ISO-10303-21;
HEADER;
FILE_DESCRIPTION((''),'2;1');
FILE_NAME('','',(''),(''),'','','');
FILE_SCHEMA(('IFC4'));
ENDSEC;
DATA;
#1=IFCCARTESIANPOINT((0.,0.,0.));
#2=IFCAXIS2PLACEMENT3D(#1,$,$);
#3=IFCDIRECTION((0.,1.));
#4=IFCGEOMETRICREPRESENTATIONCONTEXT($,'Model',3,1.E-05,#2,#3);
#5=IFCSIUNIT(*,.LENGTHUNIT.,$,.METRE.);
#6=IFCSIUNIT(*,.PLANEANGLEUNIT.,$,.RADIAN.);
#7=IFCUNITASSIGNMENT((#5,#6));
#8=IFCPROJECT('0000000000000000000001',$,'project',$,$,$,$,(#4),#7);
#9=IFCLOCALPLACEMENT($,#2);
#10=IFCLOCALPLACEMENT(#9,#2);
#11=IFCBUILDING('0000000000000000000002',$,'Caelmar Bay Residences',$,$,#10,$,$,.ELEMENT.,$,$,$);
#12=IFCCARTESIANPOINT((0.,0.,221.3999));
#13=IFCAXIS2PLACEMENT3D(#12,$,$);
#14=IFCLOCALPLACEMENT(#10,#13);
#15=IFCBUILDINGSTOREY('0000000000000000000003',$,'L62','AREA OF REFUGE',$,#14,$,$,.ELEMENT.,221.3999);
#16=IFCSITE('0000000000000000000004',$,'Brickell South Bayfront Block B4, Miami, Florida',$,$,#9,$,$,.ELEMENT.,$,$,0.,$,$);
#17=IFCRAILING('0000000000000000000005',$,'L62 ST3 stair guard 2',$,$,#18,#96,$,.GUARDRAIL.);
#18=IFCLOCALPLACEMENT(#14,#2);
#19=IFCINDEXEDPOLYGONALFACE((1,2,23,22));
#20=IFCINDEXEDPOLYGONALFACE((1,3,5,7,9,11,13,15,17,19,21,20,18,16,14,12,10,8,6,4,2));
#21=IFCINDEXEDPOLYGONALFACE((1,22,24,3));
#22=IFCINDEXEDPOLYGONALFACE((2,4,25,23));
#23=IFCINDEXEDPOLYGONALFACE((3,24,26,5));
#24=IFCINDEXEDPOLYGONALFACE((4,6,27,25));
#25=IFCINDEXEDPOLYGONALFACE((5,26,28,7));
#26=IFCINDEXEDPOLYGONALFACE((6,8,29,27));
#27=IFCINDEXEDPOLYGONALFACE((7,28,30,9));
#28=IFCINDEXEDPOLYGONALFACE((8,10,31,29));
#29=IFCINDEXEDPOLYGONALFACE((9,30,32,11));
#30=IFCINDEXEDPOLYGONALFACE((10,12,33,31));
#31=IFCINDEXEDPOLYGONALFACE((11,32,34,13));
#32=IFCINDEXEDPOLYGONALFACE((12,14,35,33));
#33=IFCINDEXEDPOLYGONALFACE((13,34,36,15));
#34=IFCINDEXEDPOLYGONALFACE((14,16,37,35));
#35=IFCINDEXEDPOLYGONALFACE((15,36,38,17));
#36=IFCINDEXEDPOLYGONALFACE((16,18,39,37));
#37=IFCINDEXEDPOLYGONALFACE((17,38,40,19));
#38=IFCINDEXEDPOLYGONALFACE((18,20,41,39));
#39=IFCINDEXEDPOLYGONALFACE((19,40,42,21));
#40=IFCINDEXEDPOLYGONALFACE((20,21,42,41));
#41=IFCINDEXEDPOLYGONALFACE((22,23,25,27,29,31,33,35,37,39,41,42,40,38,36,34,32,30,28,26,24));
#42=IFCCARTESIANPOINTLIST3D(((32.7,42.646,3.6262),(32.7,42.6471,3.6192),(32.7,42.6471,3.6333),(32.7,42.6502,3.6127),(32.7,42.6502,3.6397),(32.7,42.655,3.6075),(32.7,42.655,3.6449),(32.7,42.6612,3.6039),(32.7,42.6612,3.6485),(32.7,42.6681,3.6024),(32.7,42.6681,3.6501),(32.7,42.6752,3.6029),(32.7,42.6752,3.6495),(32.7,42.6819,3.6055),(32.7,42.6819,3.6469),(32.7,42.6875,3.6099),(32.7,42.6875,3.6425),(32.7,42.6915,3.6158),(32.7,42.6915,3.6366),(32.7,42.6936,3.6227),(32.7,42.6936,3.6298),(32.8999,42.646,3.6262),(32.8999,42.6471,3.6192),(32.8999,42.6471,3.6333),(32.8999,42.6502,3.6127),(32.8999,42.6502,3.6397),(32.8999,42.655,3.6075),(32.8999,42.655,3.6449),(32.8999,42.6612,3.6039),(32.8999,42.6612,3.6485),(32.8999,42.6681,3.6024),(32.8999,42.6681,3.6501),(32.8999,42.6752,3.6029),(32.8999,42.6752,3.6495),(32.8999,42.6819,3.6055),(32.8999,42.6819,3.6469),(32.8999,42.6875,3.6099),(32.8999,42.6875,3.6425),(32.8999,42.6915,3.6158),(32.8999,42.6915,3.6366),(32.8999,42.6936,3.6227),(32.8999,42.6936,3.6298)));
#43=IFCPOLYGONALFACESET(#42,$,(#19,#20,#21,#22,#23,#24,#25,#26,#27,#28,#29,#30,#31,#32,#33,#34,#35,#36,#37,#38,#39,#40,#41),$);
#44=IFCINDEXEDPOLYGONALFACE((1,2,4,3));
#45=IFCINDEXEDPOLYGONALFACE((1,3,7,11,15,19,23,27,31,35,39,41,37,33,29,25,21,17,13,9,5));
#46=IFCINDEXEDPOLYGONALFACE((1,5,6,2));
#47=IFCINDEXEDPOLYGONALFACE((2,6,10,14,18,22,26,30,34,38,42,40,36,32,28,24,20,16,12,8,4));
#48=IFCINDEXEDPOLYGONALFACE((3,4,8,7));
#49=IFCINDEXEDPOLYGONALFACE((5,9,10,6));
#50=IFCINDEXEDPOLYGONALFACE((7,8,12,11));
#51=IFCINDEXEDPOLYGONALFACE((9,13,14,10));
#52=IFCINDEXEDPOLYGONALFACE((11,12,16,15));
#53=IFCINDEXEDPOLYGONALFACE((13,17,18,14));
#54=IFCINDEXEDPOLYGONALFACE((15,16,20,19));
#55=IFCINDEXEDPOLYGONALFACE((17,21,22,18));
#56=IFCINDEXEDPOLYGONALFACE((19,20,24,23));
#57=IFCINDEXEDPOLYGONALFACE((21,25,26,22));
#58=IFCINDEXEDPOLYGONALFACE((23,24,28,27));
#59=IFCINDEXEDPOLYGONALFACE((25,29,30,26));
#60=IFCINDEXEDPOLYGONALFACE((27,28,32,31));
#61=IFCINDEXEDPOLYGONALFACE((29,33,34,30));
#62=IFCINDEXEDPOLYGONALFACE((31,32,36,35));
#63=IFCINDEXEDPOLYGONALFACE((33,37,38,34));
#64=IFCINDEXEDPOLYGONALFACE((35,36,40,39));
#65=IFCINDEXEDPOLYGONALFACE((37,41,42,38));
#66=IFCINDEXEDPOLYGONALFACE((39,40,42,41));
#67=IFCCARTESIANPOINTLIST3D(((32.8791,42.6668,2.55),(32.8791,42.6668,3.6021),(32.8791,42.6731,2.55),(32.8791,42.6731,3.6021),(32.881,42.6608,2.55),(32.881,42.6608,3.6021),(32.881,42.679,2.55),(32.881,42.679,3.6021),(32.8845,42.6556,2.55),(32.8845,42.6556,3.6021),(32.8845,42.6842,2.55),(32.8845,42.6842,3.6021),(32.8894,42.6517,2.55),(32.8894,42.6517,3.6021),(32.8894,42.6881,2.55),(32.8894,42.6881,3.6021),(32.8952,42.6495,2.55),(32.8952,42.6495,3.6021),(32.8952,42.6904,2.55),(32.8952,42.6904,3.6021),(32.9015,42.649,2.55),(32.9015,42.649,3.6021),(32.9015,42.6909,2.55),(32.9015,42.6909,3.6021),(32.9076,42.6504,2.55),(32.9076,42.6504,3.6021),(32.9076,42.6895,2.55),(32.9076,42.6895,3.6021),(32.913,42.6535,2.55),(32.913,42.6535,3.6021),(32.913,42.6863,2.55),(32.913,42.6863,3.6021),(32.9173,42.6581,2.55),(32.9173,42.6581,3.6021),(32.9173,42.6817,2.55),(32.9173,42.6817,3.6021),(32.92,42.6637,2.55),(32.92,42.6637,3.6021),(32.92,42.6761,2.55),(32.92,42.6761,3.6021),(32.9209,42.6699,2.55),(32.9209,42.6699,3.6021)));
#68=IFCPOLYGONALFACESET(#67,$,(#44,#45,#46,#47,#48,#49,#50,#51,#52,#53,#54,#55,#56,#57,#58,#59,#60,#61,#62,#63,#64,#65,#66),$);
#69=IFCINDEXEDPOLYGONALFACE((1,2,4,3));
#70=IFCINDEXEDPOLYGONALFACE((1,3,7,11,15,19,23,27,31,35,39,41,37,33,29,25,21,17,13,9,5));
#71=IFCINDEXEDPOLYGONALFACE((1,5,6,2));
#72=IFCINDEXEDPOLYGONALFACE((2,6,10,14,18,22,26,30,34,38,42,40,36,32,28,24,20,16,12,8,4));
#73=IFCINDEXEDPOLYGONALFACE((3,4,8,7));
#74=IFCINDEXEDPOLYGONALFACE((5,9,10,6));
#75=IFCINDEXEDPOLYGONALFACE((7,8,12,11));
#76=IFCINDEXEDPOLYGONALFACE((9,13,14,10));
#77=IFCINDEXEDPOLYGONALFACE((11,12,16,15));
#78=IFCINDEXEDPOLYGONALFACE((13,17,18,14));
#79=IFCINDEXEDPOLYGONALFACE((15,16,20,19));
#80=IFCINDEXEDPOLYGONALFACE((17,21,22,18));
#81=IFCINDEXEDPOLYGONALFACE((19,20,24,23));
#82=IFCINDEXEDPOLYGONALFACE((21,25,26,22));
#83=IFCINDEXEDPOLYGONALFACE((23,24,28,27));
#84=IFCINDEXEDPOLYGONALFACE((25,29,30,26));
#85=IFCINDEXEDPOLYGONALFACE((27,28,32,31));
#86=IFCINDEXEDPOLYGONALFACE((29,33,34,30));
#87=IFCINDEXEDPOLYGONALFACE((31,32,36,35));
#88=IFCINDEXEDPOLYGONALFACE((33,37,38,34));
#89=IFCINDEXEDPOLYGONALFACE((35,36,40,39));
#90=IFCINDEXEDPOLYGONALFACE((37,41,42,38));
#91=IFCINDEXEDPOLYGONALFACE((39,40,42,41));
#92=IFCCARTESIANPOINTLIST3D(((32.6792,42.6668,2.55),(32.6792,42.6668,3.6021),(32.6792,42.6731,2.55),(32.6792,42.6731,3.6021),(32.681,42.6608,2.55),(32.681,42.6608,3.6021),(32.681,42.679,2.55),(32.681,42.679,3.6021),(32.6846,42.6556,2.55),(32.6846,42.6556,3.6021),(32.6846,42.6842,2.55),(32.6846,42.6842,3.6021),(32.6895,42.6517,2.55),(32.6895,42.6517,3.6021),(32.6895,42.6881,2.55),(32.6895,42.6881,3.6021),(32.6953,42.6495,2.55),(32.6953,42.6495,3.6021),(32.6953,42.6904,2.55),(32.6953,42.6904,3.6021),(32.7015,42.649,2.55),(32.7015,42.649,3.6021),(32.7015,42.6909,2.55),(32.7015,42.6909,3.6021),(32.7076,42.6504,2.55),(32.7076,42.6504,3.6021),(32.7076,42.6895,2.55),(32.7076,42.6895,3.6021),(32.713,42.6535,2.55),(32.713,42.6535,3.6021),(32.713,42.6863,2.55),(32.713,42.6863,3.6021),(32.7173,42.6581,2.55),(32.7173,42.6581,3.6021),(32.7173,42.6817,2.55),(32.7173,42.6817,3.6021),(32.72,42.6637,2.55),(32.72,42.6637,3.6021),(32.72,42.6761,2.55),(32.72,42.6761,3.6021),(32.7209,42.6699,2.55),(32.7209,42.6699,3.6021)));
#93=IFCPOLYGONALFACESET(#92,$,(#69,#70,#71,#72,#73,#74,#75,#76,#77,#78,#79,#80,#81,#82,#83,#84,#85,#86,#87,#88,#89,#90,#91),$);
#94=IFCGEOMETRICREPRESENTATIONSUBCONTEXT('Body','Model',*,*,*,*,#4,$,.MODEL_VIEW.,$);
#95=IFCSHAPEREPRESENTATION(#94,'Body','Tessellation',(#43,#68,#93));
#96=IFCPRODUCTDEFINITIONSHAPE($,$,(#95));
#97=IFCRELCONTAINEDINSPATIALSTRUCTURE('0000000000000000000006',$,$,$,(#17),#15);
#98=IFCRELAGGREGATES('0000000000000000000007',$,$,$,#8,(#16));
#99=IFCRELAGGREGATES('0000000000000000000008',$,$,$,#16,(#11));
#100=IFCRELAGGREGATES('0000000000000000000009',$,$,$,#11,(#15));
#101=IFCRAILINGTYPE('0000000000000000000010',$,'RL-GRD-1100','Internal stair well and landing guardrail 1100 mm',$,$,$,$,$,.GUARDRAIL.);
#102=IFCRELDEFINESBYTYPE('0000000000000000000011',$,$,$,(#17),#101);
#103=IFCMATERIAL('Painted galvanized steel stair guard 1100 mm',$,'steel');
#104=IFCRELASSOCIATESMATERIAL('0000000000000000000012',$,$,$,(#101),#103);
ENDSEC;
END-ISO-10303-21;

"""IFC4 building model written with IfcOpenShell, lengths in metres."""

from ifc_helpers import new_model, si_unit, direction, frame, origin, origin_2d, place, context, subcontext, project, spatial, circle, extrude, material, type_object, element, save


model = new_model("IFC4")

# Units and contexts
model_context = context("Model", 3, precision=1e-05, world=origin(), true_north=direction((0.0, 1.0)))
body_context = subcontext(model_context, "Body", "Model", "MODEL_VIEW")
ifc_project = project(units=[si_unit("LENGTHUNIT", "METRE"), si_unit("PLANEANGLEUNIT", "RADIAN")], contexts=[model_context])

# Site, building, storey
site_placement = place(None, origin())
site = spatial("IfcSite", under=ifc_project, at=site_placement, Name="Brickell South Bayfront Block B4, Miami, Florida", CompositionType="ELEMENT", RefElevation=0.0)
building_placement = place(site_placement, origin())
building = spatial("IfcBuilding", under=site, at=building_placement, Name="Caelmar Bay Residences", CompositionType="ELEMENT")
storey_placement = place(building_placement, frame((0.0, 0.0, 221.3999)))
storey = spatial("IfcBuildingStorey", under=building, at=storey_placement, Name="L62", Description="AREA OF REFUGE", CompositionType="ELEMENT", Elevation=221.3999)

# Railing
ifc_material_1 = material(Name="Painted galvanized steel stair guard 1100 mm", Category="steel")
railing_type_1 = type_object("IfcRailingType", Name="RL-GRD-1100", Description="Internal stair well and landing guardrail 1100 mm", PredefinedType="GUARDRAIL", material=ifc_material_1)
railing_1_placement = place(storey_placement, frame((32.8999, 42.6699, 2.55)))
element("IfcRailing", 1, at=railing_1_placement, inside=storey, type_object=railing_type_1, Name="L62 ST3 stair guard 2", PredefinedType="GUARDRAIL", context=body_context, shape_type="SweptSolid", body=[
    extrude(circle(Radius=0.0239, at=origin_2d()), frame((0.0, 0.0, 1.0762), z_axis=(-1.0, 0.0, 0.0), x_axis=(0.0, -1.0, 0.0)), (0.0, 0.0, 1.0), 0.2),
    extrude(circle(Radius=0.021, at=origin_2d()), origin(), (0.0, 0.0, 1.0), 1.052),
    extrude(circle(Radius=0.021, at=origin_2d()), frame((-0.2, 0.0, 0.0)), (0.0, 0.0, 1.0), 1.052),
])

save(model, "model.ifc")
